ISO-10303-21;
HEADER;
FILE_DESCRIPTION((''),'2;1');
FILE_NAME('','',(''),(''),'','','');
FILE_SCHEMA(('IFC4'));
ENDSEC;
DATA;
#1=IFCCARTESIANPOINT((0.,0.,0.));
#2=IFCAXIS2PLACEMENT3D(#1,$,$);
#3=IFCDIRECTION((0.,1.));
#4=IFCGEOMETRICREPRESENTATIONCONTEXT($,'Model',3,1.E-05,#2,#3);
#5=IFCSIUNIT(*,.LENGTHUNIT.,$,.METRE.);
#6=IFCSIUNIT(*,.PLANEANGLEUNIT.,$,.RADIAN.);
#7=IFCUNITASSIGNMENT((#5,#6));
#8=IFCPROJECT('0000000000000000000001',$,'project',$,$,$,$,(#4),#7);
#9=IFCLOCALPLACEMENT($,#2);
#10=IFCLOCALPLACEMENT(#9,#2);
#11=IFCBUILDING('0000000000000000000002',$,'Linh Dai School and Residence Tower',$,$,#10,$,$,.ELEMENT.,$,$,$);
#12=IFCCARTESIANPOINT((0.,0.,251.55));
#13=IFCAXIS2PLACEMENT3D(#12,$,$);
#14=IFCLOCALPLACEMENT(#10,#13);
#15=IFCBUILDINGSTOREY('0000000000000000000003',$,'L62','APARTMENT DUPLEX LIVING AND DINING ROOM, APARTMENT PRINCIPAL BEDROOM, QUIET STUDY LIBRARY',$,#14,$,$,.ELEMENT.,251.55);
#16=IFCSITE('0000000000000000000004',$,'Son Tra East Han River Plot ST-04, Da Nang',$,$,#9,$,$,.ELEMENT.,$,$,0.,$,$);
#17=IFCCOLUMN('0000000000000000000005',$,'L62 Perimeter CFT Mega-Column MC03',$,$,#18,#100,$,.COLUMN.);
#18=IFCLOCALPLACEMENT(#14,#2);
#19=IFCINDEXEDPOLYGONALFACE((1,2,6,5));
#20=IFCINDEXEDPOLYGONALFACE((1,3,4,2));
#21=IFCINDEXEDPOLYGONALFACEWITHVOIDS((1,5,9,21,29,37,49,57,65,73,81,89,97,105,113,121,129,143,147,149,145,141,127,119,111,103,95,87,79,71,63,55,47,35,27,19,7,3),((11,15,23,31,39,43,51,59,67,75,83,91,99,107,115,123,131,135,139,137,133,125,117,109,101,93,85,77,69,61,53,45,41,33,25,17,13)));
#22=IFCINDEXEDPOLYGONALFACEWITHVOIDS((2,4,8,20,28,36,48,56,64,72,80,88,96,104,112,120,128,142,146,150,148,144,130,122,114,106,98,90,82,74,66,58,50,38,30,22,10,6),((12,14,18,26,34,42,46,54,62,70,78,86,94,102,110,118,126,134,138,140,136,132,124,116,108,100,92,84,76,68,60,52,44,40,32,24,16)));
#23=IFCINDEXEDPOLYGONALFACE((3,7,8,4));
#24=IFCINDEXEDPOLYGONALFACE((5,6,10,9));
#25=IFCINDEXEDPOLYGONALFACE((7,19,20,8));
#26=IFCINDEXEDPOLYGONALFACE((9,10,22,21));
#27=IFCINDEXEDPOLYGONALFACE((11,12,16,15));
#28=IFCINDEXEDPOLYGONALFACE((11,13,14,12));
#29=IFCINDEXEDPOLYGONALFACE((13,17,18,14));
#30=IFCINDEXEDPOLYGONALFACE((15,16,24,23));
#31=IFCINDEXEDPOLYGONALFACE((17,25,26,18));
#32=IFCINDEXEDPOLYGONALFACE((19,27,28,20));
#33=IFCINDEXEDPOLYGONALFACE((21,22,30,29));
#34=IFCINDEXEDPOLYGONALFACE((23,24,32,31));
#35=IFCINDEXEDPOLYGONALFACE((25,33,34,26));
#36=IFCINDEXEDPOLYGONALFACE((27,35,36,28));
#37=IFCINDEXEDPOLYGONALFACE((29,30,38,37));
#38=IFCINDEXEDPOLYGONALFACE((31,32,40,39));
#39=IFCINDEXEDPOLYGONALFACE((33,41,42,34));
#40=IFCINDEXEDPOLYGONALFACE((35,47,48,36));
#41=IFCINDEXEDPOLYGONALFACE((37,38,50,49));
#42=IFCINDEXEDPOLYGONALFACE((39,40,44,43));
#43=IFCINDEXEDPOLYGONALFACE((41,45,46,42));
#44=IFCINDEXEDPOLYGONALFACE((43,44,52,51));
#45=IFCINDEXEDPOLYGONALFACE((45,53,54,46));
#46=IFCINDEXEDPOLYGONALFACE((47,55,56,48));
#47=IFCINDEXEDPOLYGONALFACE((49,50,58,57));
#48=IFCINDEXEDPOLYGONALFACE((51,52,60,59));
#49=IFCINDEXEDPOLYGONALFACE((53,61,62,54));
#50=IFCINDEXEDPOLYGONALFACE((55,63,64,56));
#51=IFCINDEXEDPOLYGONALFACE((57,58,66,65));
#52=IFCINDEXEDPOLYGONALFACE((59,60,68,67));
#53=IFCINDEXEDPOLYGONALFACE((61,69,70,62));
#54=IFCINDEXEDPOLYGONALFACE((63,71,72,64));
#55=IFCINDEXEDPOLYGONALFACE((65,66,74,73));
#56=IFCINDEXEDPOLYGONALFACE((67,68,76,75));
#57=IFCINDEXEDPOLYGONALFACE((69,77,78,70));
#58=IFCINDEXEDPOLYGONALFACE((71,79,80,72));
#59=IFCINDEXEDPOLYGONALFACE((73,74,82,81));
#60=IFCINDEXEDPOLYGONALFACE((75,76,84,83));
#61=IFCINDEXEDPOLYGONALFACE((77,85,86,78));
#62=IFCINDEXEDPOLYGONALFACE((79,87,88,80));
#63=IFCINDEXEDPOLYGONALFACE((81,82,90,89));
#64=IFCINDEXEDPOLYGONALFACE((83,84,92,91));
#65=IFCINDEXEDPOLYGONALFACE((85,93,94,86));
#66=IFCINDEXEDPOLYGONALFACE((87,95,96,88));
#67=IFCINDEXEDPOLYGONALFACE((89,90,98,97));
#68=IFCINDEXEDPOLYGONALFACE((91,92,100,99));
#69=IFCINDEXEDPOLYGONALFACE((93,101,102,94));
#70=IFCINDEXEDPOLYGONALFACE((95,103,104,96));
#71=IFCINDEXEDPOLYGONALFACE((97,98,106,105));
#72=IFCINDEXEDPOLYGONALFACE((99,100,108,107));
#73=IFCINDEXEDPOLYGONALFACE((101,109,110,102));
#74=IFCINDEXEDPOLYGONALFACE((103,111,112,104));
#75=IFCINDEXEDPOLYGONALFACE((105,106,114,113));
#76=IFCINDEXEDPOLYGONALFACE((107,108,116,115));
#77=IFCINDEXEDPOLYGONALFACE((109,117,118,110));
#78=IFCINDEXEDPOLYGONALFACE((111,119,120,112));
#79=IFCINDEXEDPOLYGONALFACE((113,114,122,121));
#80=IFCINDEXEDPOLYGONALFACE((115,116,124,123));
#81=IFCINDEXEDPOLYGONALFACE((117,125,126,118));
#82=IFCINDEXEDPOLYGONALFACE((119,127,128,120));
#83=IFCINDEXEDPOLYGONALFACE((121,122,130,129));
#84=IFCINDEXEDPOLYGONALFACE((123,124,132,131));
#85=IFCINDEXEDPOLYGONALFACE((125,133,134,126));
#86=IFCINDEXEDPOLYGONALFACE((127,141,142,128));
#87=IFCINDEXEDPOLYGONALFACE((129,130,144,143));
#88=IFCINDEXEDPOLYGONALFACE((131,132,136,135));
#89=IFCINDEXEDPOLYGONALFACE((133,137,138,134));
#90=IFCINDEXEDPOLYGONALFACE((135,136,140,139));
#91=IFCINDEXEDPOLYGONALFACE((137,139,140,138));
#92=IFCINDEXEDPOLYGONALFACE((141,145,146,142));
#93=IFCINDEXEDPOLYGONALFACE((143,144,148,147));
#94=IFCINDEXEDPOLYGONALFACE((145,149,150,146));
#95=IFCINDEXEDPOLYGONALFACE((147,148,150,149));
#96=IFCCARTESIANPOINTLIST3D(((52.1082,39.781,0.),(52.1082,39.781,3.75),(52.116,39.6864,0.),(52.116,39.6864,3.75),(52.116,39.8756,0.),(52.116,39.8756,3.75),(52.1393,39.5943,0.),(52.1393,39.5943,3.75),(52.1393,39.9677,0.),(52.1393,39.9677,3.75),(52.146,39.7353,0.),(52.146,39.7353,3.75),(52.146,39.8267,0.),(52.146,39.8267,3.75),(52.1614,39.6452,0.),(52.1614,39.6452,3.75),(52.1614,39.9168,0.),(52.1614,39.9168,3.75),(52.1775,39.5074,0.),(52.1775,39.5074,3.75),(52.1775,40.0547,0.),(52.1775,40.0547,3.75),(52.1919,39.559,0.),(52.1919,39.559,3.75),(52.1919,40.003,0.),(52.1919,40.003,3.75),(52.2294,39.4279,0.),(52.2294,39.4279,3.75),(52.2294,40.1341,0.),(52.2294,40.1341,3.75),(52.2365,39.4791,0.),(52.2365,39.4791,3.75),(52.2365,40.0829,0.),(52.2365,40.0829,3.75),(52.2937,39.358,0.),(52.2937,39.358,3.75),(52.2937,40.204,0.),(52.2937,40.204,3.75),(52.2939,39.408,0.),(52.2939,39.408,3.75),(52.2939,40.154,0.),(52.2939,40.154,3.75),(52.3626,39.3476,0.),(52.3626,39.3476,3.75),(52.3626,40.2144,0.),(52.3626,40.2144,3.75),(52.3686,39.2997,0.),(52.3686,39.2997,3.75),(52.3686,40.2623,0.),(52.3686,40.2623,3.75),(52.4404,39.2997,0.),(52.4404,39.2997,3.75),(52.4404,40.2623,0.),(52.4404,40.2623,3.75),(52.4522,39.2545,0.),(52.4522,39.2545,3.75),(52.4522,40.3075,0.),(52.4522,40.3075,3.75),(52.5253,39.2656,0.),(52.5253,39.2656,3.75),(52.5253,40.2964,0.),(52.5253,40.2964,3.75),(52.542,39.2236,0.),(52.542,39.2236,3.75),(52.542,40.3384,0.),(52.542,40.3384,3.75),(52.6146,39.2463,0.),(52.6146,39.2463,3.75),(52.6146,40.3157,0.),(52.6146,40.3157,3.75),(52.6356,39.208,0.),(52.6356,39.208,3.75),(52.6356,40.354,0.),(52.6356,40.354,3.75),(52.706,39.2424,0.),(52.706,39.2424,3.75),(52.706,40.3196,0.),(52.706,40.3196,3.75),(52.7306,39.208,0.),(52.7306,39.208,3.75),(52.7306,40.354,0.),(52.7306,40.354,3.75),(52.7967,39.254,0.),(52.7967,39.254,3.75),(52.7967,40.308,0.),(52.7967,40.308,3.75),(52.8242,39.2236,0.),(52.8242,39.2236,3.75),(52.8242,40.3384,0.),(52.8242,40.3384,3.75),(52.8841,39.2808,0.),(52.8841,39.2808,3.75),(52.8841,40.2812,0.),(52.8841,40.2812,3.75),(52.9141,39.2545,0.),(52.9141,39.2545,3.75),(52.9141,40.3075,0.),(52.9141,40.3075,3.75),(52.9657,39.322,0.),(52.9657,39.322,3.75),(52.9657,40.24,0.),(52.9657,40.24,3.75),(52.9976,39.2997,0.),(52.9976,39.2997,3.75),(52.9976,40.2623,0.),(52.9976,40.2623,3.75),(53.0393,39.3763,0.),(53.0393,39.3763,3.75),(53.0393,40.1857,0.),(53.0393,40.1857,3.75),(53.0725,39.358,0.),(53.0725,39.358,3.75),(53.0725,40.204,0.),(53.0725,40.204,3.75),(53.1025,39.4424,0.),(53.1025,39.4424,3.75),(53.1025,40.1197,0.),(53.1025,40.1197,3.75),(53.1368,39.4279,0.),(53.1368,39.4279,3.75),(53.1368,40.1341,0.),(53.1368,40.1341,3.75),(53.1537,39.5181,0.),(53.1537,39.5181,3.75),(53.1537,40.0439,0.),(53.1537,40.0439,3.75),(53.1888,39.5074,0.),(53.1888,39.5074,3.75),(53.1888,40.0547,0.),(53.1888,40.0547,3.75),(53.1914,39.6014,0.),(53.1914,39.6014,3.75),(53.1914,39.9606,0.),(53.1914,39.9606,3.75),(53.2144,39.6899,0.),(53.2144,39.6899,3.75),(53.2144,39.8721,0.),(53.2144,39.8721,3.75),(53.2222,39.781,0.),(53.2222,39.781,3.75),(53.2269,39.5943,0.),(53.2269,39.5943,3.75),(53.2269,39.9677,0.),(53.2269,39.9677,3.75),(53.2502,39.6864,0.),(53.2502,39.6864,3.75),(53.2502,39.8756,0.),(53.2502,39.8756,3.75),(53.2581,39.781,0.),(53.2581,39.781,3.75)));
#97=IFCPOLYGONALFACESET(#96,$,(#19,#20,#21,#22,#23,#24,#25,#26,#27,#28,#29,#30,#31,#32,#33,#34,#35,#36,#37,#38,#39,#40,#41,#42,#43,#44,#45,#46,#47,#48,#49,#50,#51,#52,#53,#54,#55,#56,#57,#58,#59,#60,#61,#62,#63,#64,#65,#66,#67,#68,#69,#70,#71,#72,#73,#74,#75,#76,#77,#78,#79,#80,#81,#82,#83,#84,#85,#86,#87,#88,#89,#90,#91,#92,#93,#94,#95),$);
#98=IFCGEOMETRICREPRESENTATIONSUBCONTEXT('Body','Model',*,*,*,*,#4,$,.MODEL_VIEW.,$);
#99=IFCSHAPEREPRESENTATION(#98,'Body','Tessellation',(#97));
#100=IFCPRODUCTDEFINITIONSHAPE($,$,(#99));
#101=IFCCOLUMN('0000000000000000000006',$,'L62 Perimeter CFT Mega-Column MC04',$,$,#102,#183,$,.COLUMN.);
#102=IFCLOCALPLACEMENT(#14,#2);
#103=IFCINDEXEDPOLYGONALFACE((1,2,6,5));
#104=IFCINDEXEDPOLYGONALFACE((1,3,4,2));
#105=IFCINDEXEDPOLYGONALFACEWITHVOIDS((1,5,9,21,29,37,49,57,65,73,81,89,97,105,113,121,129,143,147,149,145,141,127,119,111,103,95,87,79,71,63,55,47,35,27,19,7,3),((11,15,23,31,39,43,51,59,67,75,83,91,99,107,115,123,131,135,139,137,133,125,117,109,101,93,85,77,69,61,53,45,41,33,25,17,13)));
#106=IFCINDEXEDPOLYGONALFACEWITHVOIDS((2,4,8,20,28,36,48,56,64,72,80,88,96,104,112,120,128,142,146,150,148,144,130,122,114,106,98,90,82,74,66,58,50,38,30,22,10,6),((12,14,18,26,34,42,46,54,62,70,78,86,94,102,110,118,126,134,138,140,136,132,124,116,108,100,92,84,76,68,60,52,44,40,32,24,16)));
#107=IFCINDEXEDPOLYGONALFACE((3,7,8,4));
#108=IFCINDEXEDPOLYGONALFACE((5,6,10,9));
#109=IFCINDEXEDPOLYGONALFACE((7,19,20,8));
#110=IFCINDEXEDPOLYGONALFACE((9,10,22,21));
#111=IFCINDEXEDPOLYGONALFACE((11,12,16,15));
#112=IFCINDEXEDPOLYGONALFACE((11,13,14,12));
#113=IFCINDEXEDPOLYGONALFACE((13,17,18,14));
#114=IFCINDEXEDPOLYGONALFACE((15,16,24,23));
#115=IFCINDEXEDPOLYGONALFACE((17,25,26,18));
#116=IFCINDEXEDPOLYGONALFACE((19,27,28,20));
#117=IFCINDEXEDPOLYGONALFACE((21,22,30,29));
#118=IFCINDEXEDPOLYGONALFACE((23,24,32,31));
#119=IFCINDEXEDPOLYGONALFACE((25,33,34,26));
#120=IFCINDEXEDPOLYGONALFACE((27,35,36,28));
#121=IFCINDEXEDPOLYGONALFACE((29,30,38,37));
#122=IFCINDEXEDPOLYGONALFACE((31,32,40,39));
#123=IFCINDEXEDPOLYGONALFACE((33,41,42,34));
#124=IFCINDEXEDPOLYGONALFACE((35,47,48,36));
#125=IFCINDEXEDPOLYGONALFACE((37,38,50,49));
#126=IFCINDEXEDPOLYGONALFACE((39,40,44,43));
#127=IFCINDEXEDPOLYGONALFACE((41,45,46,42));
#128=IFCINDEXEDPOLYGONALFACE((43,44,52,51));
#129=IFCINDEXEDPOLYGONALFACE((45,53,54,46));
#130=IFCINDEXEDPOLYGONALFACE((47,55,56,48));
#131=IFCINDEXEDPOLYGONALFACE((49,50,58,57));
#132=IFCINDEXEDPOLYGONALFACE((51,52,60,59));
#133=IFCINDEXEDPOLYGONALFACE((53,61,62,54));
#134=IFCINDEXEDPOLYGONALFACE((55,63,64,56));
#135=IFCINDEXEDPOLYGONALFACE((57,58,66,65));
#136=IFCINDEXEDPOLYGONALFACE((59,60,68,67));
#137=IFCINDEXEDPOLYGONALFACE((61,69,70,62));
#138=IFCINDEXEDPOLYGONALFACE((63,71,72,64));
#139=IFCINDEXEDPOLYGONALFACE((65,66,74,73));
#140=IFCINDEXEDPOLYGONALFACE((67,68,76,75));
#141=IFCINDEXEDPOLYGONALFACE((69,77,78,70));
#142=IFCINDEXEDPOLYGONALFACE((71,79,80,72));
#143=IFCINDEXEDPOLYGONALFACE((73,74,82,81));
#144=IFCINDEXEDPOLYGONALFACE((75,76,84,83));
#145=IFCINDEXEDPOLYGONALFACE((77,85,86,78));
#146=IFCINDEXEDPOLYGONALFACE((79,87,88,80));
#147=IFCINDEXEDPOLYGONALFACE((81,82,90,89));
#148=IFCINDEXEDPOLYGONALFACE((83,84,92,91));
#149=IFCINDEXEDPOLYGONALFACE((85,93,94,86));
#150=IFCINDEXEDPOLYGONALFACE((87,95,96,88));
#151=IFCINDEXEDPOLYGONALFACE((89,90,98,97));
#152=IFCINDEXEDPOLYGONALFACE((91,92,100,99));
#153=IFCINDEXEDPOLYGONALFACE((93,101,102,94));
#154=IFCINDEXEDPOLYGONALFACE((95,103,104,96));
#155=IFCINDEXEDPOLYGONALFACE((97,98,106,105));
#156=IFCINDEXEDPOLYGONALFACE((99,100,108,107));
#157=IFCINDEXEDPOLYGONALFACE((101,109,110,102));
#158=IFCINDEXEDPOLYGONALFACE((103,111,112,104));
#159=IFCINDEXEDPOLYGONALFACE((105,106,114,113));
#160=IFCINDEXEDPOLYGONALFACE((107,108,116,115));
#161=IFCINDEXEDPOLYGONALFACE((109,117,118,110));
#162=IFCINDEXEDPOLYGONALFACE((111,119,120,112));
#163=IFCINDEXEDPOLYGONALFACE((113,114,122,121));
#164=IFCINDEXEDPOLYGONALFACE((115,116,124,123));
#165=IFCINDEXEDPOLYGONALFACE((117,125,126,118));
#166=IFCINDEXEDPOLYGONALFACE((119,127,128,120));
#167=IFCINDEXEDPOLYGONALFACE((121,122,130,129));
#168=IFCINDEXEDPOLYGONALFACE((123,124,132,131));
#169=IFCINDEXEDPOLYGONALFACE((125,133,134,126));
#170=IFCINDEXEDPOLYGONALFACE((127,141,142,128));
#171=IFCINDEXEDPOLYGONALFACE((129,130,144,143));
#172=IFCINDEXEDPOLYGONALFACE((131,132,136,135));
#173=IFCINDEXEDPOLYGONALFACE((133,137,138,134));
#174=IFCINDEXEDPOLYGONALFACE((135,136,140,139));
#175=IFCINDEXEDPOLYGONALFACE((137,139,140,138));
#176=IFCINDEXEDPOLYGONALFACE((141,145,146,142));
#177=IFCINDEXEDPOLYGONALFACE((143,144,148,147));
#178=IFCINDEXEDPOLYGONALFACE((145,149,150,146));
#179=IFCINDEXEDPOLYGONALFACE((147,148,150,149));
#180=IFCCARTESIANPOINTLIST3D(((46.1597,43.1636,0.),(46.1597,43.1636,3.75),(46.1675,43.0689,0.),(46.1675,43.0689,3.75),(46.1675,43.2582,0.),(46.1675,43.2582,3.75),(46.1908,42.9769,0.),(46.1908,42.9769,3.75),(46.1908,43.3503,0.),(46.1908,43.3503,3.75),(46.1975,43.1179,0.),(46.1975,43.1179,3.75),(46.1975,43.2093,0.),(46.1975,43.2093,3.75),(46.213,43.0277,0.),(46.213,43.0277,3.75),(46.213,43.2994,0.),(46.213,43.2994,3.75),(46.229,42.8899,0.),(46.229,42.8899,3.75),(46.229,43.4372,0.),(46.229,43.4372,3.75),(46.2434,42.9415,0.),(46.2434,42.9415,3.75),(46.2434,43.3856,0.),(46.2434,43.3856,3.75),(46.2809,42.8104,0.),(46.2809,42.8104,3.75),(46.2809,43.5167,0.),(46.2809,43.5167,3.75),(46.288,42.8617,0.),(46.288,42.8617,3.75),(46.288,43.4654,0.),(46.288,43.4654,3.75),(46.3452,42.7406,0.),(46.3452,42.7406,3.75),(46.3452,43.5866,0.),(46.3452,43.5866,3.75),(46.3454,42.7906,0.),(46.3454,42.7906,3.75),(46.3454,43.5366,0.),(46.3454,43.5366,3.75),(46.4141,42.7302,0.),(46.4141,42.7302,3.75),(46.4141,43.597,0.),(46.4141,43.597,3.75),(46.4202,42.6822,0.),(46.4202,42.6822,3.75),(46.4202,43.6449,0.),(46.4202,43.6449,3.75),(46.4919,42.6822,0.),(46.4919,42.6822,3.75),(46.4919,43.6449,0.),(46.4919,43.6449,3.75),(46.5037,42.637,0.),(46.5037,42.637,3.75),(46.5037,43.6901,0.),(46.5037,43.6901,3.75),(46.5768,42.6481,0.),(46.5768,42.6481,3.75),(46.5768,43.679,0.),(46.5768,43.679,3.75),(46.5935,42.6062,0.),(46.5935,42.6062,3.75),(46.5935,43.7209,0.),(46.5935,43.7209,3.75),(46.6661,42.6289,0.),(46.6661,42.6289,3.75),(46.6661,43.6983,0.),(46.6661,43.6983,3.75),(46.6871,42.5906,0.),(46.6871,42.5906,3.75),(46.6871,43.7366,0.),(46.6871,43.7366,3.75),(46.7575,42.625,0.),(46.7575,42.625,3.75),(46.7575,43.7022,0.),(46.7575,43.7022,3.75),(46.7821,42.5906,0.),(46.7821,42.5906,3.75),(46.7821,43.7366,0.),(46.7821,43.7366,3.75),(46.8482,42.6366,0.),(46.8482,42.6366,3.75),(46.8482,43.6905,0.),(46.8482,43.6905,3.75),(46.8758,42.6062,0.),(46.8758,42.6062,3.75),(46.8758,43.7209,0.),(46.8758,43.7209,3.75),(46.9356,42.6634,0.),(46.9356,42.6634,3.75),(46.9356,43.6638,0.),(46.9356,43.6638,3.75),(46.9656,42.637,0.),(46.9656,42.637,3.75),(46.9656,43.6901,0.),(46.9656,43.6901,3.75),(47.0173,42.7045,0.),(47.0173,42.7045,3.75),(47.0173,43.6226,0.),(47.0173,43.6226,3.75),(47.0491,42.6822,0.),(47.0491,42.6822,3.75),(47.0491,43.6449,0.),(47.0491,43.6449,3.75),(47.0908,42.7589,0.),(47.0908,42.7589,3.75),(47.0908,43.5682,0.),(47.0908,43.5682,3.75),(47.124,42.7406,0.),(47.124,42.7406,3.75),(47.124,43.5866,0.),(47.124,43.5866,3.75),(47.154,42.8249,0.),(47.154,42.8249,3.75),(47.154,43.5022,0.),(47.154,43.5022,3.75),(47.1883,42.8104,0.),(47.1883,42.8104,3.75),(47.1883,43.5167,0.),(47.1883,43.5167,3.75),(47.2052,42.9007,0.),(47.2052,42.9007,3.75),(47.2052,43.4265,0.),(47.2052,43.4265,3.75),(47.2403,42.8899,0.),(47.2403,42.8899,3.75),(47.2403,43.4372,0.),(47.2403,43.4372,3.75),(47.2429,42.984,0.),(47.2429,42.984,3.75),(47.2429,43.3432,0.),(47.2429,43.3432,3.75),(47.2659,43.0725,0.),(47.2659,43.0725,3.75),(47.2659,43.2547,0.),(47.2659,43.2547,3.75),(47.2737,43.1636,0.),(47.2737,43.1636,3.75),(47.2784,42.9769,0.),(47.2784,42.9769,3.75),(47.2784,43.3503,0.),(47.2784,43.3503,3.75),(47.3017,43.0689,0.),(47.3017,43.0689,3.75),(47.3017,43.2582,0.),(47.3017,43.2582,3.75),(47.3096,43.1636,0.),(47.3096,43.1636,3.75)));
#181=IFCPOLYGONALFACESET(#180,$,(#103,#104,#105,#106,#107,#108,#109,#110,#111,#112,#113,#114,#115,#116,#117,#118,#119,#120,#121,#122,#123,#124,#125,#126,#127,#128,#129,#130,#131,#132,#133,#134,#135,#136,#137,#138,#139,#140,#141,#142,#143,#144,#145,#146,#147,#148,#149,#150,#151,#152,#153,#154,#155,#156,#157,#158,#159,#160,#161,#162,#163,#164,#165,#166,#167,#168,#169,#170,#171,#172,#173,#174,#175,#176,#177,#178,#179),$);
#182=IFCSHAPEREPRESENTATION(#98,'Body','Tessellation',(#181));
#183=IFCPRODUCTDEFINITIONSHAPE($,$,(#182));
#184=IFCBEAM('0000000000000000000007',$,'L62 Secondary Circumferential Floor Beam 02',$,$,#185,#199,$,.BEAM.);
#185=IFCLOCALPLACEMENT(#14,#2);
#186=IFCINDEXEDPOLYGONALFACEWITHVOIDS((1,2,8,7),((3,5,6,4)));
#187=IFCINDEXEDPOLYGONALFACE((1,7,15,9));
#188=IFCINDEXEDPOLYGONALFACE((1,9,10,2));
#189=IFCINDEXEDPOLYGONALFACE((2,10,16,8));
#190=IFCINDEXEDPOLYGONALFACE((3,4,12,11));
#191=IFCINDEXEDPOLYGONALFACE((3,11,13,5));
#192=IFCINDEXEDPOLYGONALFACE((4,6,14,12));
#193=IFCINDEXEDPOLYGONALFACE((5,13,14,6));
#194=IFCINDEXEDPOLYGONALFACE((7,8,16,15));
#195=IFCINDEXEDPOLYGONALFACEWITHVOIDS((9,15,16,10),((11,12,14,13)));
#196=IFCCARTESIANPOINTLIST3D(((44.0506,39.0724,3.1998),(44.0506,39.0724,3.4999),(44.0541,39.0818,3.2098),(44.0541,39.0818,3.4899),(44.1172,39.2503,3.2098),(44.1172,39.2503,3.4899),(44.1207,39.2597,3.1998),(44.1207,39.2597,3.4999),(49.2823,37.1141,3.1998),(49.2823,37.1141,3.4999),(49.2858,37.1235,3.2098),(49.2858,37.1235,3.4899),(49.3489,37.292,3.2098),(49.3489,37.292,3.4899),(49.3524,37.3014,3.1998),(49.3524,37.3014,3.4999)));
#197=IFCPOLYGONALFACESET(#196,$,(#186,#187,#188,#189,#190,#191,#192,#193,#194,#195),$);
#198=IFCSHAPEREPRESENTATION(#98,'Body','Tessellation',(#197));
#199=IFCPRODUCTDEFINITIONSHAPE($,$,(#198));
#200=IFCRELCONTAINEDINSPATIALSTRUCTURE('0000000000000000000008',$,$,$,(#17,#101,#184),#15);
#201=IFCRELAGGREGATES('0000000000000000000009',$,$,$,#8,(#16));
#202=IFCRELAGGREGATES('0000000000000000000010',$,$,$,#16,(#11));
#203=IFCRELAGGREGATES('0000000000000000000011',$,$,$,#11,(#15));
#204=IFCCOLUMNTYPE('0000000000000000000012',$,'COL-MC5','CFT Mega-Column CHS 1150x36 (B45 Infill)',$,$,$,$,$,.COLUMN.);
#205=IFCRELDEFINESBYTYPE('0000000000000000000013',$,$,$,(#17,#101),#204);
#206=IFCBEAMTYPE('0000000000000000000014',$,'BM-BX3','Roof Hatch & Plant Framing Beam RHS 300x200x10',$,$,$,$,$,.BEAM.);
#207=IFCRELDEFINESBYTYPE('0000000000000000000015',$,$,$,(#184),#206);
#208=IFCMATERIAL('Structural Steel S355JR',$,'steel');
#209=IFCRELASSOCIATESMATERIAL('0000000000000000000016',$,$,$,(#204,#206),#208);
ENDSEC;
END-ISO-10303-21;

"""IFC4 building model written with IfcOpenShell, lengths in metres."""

from ifc_helpers import new_model, si_unit, direction, frame, origin, origin_2d, place, context, subcontext, project, spatial, hollow_rectangle, hollow_circle, extrude, material, material_profile, profile_set, type_object, element, save


model = new_model("IFC4")

# Units and contexts
model_context = context("Model", 3, precision=1e-05, world=origin(), true_north=direction((0.0, 1.0)))
body_context = subcontext(model_context, "Body", "Model", "MODEL_VIEW")
ifc_project = project(units=[si_unit("LENGTHUNIT", "METRE"), si_unit("PLANEANGLEUNIT", "RADIAN")], contexts=[model_context])

# Site, building, storey
site_placement = place(None, origin())
site = spatial("IfcSite", under=ifc_project, at=site_placement, Name="Son Tra East Han River Plot ST-04, Da Nang", CompositionType="ELEMENT", RefElevation=0.0)
building_placement = place(site_placement, origin())
building = spatial("IfcBuilding", under=site, at=building_placement, Name="Linh Dai School and Residence Tower", CompositionType="ELEMENT")
storey_placement = place(building_placement, frame((0.0, 0.0, 251.55)))
storey = spatial("IfcBuildingStorey", under=building, at=storey_placement, Name="L62", Description="APARTMENT DUPLEX LIVING AND DINING ROOM, APARTMENT PRINCIPAL BEDROOM, QUIET STUDY LIBRARY", CompositionType="ELEMENT", Elevation=251.55)

# Columns
ifc_material_1 = material(Name="Structural Steel S355JR", Category="steel")
ifc_material_profile_1 = material_profile(ifc_material_1, hollow_circle(Radius=0.575, WallThickness=0.0359, at=origin_2d()), Name="CHS 1150x36")
ifc_profile_set_1 = profile_set([ifc_material_profile_1], Name="Structural Steel S355JR")
column_type = type_object("IfcColumnType", Name="COL-MC5", Description="CFT Mega-Column CHS 1150x36 (B45 Infill)", PredefinedType="COLUMN", material=ifc_profile_set_1)
for number, where, z_axis, x_axis, name in (
    (1, (52.6831, 39.781, 0.0), (0.0, 0.0, 1.0), (1.0, 0.0, 0.0), "L62 Perimeter CFT Mega-Column MC03"),
    (2, (46.7346, 43.1636, 0.0), (0.0, 0.0, 1.0), (1.0, 0.0, 0.0), "L62 Perimeter CFT Mega-Column MC04"),
):
    element("IfcColumn", number, at=place(storey_placement, frame(where, z_axis=z_axis, x_axis=x_axis)), inside=storey, type_object=column_type, Name=name, PredefinedType="COLUMN", context=body_context, shape_type="SweptSolid", body=[
        extrude(hollow_circle(Radius=0.575, WallThickness=0.0359, at=origin_2d()), origin(), (0.0, 0.0, 1.0), 3.75),
    ])

# Beam
ifc_material_profile_2 = material_profile(ifc_material_1, hollow_rectangle(XDim=0.2, YDim=0.3, WallThickness=0.01, at=origin_2d()), Name="RHS 300x200x10")
ifc_profile_set_2 = profile_set([ifc_material_profile_2], Name="Structural Steel S355JR")
beam_type_1 = type_object("IfcBeamType", Name="BM-BX3", Description="Roof Hatch & Plant Framing Beam RHS 300x200x10", PredefinedType="BEAM", material=ifc_profile_set_2)
beam_1_placement = place(storey_placement, frame((49.3174, 37.2078, 3.3499), z_axis=(-0.936543, 0.350553, 0.0), x_axis=(-0.350553, -0.936543, 0.0)))
element("IfcBeam", 3, at=beam_1_placement, inside=storey, type_object=beam_type_1, Name="L62 Secondary Circumferential Floor Beam 02", PredefinedType="BEAM", context=body_context, shape_type="SweptSolid", body=[
    extrude(hollow_rectangle(XDim=0.2, YDim=0.3, WallThickness=0.01, at=origin_2d()), origin(), (0.0, 0.0, 1.0), 5.5862),
])

save(model, "model.ifc")
